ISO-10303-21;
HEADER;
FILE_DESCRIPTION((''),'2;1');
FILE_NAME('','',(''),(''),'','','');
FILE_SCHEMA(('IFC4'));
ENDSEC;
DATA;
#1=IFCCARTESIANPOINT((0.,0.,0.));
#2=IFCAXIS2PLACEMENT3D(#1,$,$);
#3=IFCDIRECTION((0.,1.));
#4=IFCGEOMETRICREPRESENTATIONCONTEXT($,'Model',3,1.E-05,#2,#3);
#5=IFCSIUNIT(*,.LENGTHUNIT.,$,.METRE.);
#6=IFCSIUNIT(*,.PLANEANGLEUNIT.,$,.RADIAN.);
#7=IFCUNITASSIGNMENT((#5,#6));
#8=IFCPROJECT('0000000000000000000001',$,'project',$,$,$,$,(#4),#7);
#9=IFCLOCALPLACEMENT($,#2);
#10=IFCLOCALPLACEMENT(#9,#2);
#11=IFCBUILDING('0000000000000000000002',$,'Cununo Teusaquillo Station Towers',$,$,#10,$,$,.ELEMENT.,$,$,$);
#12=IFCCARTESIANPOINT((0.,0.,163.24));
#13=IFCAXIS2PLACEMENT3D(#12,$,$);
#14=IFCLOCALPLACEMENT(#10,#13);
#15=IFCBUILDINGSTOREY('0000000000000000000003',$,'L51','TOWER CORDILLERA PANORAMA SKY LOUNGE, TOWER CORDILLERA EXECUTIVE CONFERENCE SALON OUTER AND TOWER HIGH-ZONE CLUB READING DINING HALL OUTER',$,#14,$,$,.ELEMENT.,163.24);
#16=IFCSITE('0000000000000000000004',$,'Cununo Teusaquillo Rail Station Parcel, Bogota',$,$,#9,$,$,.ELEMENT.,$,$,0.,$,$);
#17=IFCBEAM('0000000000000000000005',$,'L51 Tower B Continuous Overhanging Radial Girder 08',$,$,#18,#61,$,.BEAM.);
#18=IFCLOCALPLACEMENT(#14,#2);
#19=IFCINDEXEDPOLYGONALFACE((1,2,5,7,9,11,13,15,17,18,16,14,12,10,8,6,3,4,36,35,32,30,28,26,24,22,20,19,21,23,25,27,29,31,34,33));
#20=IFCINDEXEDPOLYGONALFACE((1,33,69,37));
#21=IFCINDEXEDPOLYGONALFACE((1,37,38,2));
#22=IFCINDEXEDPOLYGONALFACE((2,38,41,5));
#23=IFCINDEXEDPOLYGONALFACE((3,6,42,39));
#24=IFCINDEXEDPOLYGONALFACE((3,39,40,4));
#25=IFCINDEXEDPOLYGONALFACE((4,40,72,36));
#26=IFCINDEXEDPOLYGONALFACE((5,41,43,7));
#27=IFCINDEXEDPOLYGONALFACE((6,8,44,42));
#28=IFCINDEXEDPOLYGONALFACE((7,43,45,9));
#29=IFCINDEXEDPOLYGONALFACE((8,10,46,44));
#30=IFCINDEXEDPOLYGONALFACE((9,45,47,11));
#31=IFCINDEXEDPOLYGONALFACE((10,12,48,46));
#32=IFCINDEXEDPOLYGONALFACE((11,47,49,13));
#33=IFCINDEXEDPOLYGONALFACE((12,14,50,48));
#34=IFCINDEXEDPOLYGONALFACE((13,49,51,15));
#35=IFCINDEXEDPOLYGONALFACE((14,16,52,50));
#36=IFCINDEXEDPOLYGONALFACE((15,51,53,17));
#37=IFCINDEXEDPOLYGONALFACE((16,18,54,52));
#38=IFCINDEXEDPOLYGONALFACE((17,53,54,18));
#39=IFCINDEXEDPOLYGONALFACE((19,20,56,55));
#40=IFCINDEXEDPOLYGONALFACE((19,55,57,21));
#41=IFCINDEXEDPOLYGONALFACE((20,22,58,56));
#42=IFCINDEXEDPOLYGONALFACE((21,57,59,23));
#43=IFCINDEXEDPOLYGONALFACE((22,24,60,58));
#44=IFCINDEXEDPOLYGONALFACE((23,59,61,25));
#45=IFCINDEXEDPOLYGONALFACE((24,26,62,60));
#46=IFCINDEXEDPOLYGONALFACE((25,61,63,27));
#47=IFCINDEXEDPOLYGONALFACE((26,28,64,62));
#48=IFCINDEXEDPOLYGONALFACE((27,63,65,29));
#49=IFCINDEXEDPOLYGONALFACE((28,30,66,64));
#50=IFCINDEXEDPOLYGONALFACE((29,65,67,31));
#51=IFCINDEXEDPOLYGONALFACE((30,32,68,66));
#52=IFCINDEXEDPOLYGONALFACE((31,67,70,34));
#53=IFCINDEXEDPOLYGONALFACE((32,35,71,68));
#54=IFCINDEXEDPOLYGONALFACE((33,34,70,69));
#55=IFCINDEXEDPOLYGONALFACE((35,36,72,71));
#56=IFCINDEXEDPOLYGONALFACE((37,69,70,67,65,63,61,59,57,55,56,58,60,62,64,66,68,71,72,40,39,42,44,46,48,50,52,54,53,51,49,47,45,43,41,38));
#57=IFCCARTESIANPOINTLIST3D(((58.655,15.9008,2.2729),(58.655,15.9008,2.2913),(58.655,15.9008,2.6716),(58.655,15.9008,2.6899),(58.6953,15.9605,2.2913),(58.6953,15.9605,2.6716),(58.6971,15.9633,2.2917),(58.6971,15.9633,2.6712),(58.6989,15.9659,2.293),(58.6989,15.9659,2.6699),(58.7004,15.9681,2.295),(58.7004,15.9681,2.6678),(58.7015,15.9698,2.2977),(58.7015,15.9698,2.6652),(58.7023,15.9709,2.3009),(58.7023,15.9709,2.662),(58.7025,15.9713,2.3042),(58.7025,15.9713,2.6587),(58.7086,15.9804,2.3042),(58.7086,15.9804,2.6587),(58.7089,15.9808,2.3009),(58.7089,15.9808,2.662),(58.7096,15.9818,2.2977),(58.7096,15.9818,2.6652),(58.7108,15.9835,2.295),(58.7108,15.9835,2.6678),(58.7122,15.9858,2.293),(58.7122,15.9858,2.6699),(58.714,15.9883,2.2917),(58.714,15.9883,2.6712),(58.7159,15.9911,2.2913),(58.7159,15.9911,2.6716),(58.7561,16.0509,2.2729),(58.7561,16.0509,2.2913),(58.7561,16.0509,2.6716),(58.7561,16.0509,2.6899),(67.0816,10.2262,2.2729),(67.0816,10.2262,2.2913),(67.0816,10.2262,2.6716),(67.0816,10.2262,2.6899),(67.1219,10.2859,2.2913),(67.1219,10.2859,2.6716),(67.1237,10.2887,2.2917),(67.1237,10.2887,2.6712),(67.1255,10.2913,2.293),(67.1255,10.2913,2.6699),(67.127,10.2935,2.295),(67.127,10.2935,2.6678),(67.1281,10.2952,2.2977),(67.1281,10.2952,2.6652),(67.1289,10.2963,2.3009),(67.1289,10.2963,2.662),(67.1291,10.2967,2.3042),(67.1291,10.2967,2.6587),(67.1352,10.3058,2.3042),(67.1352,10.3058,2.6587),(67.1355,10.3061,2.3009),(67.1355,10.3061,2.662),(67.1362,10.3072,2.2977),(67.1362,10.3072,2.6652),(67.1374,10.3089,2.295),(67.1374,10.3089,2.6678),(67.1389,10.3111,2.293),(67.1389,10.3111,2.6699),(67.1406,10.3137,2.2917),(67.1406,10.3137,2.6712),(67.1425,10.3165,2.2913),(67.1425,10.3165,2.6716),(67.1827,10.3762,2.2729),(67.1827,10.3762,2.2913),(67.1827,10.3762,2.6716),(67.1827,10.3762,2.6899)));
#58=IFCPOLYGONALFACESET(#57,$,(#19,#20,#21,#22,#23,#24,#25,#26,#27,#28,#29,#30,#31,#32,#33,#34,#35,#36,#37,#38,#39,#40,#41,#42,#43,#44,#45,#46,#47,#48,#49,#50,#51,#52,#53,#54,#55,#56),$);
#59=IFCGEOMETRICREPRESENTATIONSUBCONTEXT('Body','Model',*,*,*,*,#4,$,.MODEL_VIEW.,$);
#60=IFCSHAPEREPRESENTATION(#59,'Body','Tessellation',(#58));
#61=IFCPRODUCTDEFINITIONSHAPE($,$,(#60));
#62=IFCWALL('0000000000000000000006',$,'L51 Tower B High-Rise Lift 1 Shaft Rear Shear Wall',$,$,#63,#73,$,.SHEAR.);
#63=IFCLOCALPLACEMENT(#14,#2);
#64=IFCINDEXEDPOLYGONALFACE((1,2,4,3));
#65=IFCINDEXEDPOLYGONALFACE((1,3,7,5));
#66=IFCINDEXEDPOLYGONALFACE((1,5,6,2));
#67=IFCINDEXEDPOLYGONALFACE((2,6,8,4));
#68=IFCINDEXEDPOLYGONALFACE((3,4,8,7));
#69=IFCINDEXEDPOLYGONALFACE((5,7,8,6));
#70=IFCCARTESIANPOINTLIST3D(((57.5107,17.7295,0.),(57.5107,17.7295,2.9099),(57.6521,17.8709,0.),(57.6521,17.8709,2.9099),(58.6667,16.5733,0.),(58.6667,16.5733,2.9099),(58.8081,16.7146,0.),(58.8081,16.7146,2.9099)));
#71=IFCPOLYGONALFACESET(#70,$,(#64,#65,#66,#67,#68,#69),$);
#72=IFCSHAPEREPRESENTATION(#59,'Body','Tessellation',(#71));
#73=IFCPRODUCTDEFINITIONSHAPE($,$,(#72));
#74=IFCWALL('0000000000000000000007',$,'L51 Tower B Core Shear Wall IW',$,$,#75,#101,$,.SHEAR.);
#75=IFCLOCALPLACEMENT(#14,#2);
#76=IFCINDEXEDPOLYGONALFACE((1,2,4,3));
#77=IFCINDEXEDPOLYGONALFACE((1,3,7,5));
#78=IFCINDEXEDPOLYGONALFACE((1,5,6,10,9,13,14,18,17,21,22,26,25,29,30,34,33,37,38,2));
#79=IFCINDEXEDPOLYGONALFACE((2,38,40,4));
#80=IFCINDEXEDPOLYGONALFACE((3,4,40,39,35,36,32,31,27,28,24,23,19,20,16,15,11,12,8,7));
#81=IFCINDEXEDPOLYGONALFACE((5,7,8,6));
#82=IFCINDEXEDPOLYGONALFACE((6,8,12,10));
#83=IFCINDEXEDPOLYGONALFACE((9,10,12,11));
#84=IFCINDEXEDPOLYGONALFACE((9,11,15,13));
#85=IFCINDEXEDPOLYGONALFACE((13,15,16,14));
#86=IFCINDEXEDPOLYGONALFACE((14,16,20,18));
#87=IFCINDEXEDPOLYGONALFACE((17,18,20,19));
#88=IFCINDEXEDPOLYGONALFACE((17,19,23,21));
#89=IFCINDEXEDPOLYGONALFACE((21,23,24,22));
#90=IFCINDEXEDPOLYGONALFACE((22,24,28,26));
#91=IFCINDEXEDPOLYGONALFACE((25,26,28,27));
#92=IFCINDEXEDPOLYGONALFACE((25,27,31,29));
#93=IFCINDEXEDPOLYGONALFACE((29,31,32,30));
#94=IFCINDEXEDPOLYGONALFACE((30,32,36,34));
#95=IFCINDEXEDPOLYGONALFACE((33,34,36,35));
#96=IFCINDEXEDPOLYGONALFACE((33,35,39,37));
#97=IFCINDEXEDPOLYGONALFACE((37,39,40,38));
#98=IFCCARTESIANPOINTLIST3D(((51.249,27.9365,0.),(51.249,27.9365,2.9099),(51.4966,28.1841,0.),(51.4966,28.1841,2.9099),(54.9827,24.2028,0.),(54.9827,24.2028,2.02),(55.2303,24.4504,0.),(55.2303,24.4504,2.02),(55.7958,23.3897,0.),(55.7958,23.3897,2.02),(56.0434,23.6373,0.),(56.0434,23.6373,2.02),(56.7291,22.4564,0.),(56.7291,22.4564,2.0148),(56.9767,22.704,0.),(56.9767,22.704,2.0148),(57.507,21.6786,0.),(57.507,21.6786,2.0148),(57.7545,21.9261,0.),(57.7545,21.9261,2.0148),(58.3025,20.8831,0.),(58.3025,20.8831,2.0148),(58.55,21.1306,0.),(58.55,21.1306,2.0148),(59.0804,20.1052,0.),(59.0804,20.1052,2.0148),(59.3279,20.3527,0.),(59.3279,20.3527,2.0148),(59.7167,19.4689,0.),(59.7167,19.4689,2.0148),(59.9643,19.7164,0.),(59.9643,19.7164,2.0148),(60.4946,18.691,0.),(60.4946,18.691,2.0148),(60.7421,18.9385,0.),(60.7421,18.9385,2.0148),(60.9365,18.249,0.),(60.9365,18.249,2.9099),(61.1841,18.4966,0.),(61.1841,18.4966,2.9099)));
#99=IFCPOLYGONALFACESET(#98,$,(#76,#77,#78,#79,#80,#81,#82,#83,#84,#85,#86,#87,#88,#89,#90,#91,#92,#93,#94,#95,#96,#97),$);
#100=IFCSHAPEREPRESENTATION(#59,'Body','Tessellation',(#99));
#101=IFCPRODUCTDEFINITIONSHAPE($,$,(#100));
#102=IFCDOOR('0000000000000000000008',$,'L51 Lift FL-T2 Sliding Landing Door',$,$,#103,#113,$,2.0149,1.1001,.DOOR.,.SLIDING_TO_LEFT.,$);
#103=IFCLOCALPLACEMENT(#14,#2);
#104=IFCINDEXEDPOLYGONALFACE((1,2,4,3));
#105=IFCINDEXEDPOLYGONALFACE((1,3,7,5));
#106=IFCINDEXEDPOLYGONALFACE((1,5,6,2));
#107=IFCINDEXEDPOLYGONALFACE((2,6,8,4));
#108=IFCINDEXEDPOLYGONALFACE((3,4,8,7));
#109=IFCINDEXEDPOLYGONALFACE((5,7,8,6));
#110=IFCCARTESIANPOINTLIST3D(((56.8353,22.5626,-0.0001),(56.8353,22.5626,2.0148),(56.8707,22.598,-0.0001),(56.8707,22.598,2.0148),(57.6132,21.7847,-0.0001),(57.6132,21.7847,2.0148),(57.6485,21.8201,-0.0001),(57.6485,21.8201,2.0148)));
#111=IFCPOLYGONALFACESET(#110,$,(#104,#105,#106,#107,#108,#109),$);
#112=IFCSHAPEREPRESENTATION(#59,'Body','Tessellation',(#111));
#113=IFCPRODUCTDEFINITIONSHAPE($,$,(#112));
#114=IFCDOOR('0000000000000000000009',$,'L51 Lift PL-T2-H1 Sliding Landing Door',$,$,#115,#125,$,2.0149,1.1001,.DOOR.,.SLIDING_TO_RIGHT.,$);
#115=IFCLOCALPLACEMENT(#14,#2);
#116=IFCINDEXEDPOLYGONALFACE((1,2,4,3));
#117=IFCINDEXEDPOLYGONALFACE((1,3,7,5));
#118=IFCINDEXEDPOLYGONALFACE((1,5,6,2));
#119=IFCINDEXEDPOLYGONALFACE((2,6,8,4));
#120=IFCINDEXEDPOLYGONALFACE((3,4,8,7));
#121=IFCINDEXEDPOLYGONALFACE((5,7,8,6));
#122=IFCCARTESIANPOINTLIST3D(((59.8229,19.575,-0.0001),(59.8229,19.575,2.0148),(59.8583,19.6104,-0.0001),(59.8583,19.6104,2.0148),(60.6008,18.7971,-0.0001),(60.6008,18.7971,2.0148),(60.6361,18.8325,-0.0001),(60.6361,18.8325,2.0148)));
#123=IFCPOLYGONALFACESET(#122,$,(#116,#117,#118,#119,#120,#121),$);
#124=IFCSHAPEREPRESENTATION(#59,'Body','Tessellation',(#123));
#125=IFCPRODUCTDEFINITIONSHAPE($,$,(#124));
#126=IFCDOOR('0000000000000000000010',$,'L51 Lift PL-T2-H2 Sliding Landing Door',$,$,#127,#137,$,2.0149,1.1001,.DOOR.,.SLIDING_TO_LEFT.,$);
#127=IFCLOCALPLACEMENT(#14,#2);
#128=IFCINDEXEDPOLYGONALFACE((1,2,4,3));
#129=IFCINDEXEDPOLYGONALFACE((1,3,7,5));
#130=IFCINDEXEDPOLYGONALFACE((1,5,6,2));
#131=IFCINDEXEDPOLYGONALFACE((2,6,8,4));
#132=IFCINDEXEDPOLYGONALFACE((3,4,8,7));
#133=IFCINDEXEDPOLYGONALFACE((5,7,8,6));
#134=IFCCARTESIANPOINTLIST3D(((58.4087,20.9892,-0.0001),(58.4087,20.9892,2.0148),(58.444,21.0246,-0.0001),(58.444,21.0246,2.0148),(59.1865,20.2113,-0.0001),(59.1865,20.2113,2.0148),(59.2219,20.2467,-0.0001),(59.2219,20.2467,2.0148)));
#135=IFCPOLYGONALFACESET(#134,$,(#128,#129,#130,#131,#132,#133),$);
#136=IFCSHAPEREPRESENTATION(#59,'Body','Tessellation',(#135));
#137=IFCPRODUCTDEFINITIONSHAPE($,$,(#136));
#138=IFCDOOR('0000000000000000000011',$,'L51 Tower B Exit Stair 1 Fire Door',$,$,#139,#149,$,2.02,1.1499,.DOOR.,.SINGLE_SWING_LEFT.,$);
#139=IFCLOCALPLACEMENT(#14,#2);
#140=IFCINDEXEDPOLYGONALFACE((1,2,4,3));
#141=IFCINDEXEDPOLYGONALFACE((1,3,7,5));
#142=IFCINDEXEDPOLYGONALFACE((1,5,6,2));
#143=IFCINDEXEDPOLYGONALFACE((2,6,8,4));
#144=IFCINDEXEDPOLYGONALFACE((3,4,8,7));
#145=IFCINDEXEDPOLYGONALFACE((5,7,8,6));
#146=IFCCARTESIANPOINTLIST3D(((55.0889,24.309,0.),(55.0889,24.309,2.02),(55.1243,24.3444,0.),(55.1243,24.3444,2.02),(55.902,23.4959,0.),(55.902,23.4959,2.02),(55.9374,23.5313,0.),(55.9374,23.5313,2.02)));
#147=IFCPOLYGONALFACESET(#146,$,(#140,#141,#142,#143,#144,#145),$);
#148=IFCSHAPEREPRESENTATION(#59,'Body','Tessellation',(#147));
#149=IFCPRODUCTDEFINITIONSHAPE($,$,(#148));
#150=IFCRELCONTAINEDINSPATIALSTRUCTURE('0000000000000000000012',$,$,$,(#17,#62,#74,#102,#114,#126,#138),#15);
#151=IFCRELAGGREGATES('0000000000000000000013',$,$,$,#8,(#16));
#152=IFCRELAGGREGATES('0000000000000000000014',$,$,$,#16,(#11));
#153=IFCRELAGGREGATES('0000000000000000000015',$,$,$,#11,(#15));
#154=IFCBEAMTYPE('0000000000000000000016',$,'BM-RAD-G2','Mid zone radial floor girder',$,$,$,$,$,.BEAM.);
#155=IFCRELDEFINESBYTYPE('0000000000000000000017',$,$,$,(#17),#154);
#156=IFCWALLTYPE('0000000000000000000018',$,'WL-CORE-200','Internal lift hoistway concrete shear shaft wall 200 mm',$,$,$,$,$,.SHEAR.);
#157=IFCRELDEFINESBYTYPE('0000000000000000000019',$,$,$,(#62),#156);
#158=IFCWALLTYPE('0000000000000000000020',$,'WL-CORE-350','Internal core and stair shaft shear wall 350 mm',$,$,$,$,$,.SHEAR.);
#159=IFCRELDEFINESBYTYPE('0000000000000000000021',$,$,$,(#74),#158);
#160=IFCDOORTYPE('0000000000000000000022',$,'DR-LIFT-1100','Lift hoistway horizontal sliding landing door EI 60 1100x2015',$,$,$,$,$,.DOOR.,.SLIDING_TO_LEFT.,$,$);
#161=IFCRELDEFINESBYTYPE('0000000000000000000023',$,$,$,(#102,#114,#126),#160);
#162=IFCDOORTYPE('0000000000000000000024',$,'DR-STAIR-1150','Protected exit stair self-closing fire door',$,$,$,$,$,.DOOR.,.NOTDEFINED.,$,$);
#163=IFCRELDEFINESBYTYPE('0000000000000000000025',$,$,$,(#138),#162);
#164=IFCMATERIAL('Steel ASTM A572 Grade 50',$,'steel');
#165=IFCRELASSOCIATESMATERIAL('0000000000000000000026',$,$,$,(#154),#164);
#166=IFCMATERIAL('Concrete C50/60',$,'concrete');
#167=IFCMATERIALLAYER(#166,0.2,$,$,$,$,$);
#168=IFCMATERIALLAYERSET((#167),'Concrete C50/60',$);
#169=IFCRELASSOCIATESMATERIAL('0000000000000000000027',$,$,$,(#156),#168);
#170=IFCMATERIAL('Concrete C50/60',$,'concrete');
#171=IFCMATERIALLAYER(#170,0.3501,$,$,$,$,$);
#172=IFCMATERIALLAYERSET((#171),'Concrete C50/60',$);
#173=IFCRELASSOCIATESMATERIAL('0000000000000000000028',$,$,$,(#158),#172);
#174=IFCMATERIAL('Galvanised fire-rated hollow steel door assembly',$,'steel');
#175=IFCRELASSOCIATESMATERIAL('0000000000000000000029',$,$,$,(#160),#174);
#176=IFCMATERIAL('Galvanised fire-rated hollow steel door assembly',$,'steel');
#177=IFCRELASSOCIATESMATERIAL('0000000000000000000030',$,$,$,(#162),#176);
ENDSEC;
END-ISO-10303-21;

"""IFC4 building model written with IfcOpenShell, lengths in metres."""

from ifc_helpers import new_model, si_unit, direction, frame, frame_2d, origin, origin_2d, place, context, subcontext, project, spatial, rectangle, i_section, extrude, source, transform, mapped, material, layer, layer_set, material_profile, profile_set, type_object, element, fill, save


model = new_model("IFC4")

# Units and contexts
model_context = context("Model", 3, precision=1e-05, world=origin(), true_north=direction((0.0, 1.0)))
body_context = subcontext(model_context, "Body", "Model", "MODEL_VIEW")
ifc_project = project(units=[si_unit("LENGTHUNIT", "METRE"), si_unit("PLANEANGLEUNIT", "RADIAN")], contexts=[model_context])

# Site, building, storey
site_placement = place(None, origin())
site = spatial("IfcSite", under=ifc_project, at=site_placement, Name="Cununo Teusaquillo Rail Station Parcel, Bogota", CompositionType="ELEMENT", RefElevation=0.0)
building_placement = place(site_placement, origin())
building = spatial("IfcBuilding", under=site, at=building_placement, Name="Cununo Teusaquillo Station Towers", CompositionType="ELEMENT")
storey_placement = place(building_placement, frame((0.0, 0.0, 163.24)))
storey = spatial("IfcBuildingStorey", under=building, at=storey_placement, Name="L51", Description="TOWER CORDILLERA PANORAMA SKY LOUNGE, TOWER CORDILLERA EXECUTIVE CONFERENCE SALON OUTER AND TOWER HIGH-ZONE CLUB READING DINING HALL OUTER", CompositionType="ELEMENT", Elevation=163.24)

# Beam
ifc_material_1 = material(Name="Steel ASTM A572 Grade 50", Category="steel")
ifc_material_profile_1 = material_profile(ifc_material_1, i_section(OverallWidth=0.1809, OverallDepth=0.417, WebThickness=0.011, FlangeThickness=0.0183, FilletRadius=0.0129, at=origin_2d()), Name="W16X57")
ifc_profile_set_1 = profile_set([ifc_material_profile_1], Name="Steel ASTM A572 Grade 50")
beam_type_1 = type_object("IfcBeamType", Name="BM-RAD-G2", Description="Mid zone radial floor girder", PredefinedType="BEAM", material=ifc_profile_set_1)
beam_1_placement = place(storey_placement, frame((58.7056, 15.9758, 2.4814), z_axis=(0.829457, -0.558571, 0.0), x_axis=(0.558571, 0.829457, 0.0)))
element("IfcBeam", 1, at=beam_1_placement, inside=storey, type_object=beam_type_1, Name="L51 Tower B Continuous Overhanging Radial Girder 08", PredefinedType="BEAM", context=body_context, shape_type="SweptSolid", body=[
    extrude(i_section(OverallWidth=0.1809, OverallDepth=0.417, WebThickness=0.011, FlangeThickness=0.0183, FilletRadius=0.0129, at=origin_2d()), origin(), (0.0, 0.0, 1.0), 10.1592),
])

# Wall
ifc_material_2 = material(Name="Concrete C50/60", Category="concrete")
ifc_layer_1 = layer(ifc_material_2, 0.2)
ifc_layer_set_1 = layer_set([ifc_layer_1], Name="Concrete C50/60")
wall_type_1 = type_object("IfcWallType", Name="WL-CORE-200", Description="Internal lift hoistway concrete shear shaft wall 200 mm", PredefinedType="SHEAR", material=ifc_layer_set_1)
wall_1_placement = place(storey_placement, frame((58.7373, 16.644, 0.0), z_axis=(0.0, 0.0, 1.0), x_axis=(-0.707032, 0.707181, 0.0)))
element("IfcWall", 2, at=wall_1_placement, inside=storey, type_object=wall_type_1, Name="L51 Tower B High-Rise Lift 1 Shaft Rear Shear Wall", PredefinedType="SHEAR", context=body_context, shape_type="SweptSolid", body=[
    extrude(rectangle(XDim=1.635, YDim=0.2, at=frame_2d((0.8174, 0.0))), origin(), (0.0, 0.0, 1.0), 2.9099),
])

# Wall, openings, doors
ifc_material_3 = material(Name="Concrete C50/60", Category="concrete")
ifc_layer_2 = layer(ifc_material_3, 0.3501)
ifc_layer_set_2 = layer_set([ifc_layer_2], Name="Concrete C50/60")
wall_type_2 = type_object("IfcWallType", Name="WL-CORE-350", Description="Internal core and stair shaft shear wall 350 mm", PredefinedType="SHEAR", material=ifc_layer_set_2)
wall_2_placement = place(storey_placement, frame((61.0603, 18.3728, 0.0), z_axis=(0.0, 0.0, 1.0), x_axis=(-0.707107, 0.707107, 0.0)))
wall_2 = element("IfcWall", 3, at=wall_2_placement, inside=storey, type_object=wall_type_2, Name="L51 Tower B Core Shear Wall IW", PredefinedType="SHEAR", context=body_context, shape_type="SweptSolid", body=[
    extrude(rectangle(XDim=13.7002, YDim=0.3501, at=frame_2d((6.8501, 0.0))), origin(), (0.0, 0.0, 1.0), 2.9099),
])
shared_shape_1 = source(origin(), body_context, "Body", "SweptSolid", [
    extrude(rectangle(XDim=1.1001, YDim=2.0149, at=frame_2d((0.55, 1.0073))), frame((0.0, 0.1851, 0.0), z_axis=(0.0, -1.0, 0.0), x_axis=(1.0, 0.0, 0.0)), (0.0, 0.0, 1.0), 0.3701),
])
opening_1_placement = place(wall_2_placement, frame((4.8501, 0.0, 0.0)))
opening_1 = element("IfcOpeningElement", 4, at=opening_1_placement, cuts=wall_2, PredefinedType="OPENING", context=body_context, shape_type="MappedRepresentation", body=[
    mapped(shared_shape_1, transform((0.0, 0.0, 0.0), x_axis=(1.0, 0.0, 0.0), y_axis=(0.0, 1.0, 0.0), z_axis=(0.0, 0.0, 1.0), scale=1.0)),
])
opening_2_placement = place(wall_2_placement, frame((0.625, 0.0, 0.0)))
opening_2 = element("IfcOpeningElement", 5, at=opening_2_placement, cuts=wall_2, PredefinedType="OPENING", context=body_context, shape_type="MappedRepresentation", body=[
    mapped(shared_shape_1, transform((0.0, 0.0, 0.0), x_axis=(1.0, 0.0, 0.0), y_axis=(0.0, 1.0, 0.0), z_axis=(0.0, 0.0, 1.0), scale=1.0)),
])
opening_3_placement = place(wall_2_placement, frame((2.625, 0.0, 0.0)))
opening_3 = element("IfcOpeningElement", 6, at=opening_3_placement, cuts=wall_2, PredefinedType="OPENING", context=body_context, shape_type="MappedRepresentation", body=[
    mapped(shared_shape_1, transform((0.0, 0.0, 0.0), x_axis=(1.0, 0.0, 0.0), y_axis=(0.0, 1.0, 0.0), z_axis=(0.0, 0.0, 1.0), scale=1.0)),
])
shared_shape_2 = source(origin(), body_context, "Body", "SweptSolid", [
    extrude(rectangle(XDim=1.1499, YDim=2.02, at=frame_2d((0.575, 1.01))), frame((0.0, 0.1851, 0.0), z_axis=(0.0, -1.0, 0.0), x_axis=(1.0, 0.0, 0.0)), (0.0, 0.0, 1.0), 0.3701),
])
opening_4_placement = place(wall_2_placement, frame((7.27, 0.0, 0.0)))
opening_4 = element("IfcOpeningElement", 7, at=opening_4_placement, cuts=wall_2, PredefinedType="OPENING", context=body_context, shape_type="MappedRepresentation", body=[
    mapped(shared_shape_2, transform((0.0, 0.0, 0.0), x_axis=(1.0, 0.0, 0.0), y_axis=(0.0, 1.0, 0.0), z_axis=(0.0, 0.0, 1.0), scale=1.0)),
])
ifc_material_4 = material(Name="Galvanised fire-rated hollow steel door assembly", Category="steel")
door_type_1 = type_object("IfcDoorType", Name="DR-LIFT-1100", Description="Lift hoistway horizontal sliding landing door EI 60 1100x2015", OperationType="SLIDING_TO_LEFT", PredefinedType="DOOR", material=ifc_material_4)
shared_shape_3 = source(origin(), body_context, "Body", "SweptSolid", [
    extrude(rectangle(XDim=1.1001, YDim=2.0149, at=frame_2d((0.55, 1.0073))), frame((0.0, 0.0249, 0.0), z_axis=(0.0, -1.0, 0.0), x_axis=(1.0, 0.0, 0.0)), (0.0, 0.0, 1.0), 0.05),
])
door_1_placement = place(opening_1_placement, origin())
door_1 = element("IfcDoor", 8, at=door_1_placement, inside=storey, type_object=door_type_1, Name="L51 Lift FL-T2 Sliding Landing Door", OperationType="SLIDING_TO_LEFT", OverallHeight=2.0149, OverallWidth=1.1001, PredefinedType="DOOR", context=body_context, shape_type="MappedRepresentation", body=[
    mapped(shared_shape_3, transform((0.0, 0.0, 0.0), x_axis=(1.0, 0.0, 0.0), y_axis=(0.0, 1.0, 0.0), z_axis=(0.0, 0.0, 1.0), scale=1.0)),
])
fill(opening_1, door_1)
door_2_placement = place(opening_2_placement, origin())
door_2 = element("IfcDoor", 9, at=door_2_placement, inside=storey, type_object=door_type_1, Name="L51 Lift PL-T2-H1 Sliding Landing Door", OperationType="SLIDING_TO_RIGHT", OverallHeight=2.0149, OverallWidth=1.1001, PredefinedType="DOOR", context=body_context, shape_type="MappedRepresentation", body=[
    mapped(shared_shape_3, transform((0.0, 0.0, 0.0), x_axis=(1.0, 0.0, 0.0), y_axis=(0.0, 1.0, 0.0), z_axis=(0.0, 0.0, 1.0), scale=1.0)),
])
fill(opening_2, door_2)
door_3_placement = place(opening_3_placement, origin())
door_3 = element("IfcDoor", 10, at=door_3_placement, inside=storey, type_object=door_type_1, Name="L51 Lift PL-T2-H2 Sliding Landing Door", OperationType="SLIDING_TO_LEFT", OverallHeight=2.0149, OverallWidth=1.1001, PredefinedType="DOOR", context=body_context, shape_type="MappedRepresentation", body=[
    mapped(shared_shape_3, transform((0.0, 0.0, 0.0), x_axis=(1.0, 0.0, 0.0), y_axis=(0.0, 1.0, 0.0), z_axis=(0.0, 0.0, 1.0), scale=1.0)),
])
fill(opening_3, door_3)
ifc_material_5 = material(Name="Galvanised fire-rated hollow steel door assembly", Category="steel")
door_type_2 = type_object("IfcDoorType", Name="DR-STAIR-1150", Description="Protected exit stair self-closing fire door", OperationType="NOTDEFINED", PredefinedType="DOOR", material=ifc_material_5)
shared_shape_4 = source(origin(), body_context, "Body", "SweptSolid", [
    extrude(rectangle(XDim=1.1499, YDim=2.02, at=frame_2d((0.575, 1.01))), frame((0.0, 0.0249, 0.0), z_axis=(0.0, -1.0, 0.0), x_axis=(1.0, 0.0, 0.0)), (0.0, 0.0, 1.0), 0.05),
])
door_4_placement = place(opening_4_placement, origin())
door_4 = element("IfcDoor", 11, at=door_4_placement, inside=storey, type_object=door_type_2, Name="L51 Tower B Exit Stair 1 Fire Door", OperationType="SINGLE_SWING_LEFT", OverallHeight=2.02, OverallWidth=1.1499, PredefinedType="DOOR", context=body_context, shape_type="MappedRepresentation", body=[
    mapped(shared_shape_4, transform((0.0, 0.0, 0.0), x_axis=(1.0, 0.0, 0.0), y_axis=(0.0, 1.0, 0.0), z_axis=(0.0, 0.0, 1.0), scale=1.0)),
])
fill(opening_4, door_4)

save(model, "model.ifc")
